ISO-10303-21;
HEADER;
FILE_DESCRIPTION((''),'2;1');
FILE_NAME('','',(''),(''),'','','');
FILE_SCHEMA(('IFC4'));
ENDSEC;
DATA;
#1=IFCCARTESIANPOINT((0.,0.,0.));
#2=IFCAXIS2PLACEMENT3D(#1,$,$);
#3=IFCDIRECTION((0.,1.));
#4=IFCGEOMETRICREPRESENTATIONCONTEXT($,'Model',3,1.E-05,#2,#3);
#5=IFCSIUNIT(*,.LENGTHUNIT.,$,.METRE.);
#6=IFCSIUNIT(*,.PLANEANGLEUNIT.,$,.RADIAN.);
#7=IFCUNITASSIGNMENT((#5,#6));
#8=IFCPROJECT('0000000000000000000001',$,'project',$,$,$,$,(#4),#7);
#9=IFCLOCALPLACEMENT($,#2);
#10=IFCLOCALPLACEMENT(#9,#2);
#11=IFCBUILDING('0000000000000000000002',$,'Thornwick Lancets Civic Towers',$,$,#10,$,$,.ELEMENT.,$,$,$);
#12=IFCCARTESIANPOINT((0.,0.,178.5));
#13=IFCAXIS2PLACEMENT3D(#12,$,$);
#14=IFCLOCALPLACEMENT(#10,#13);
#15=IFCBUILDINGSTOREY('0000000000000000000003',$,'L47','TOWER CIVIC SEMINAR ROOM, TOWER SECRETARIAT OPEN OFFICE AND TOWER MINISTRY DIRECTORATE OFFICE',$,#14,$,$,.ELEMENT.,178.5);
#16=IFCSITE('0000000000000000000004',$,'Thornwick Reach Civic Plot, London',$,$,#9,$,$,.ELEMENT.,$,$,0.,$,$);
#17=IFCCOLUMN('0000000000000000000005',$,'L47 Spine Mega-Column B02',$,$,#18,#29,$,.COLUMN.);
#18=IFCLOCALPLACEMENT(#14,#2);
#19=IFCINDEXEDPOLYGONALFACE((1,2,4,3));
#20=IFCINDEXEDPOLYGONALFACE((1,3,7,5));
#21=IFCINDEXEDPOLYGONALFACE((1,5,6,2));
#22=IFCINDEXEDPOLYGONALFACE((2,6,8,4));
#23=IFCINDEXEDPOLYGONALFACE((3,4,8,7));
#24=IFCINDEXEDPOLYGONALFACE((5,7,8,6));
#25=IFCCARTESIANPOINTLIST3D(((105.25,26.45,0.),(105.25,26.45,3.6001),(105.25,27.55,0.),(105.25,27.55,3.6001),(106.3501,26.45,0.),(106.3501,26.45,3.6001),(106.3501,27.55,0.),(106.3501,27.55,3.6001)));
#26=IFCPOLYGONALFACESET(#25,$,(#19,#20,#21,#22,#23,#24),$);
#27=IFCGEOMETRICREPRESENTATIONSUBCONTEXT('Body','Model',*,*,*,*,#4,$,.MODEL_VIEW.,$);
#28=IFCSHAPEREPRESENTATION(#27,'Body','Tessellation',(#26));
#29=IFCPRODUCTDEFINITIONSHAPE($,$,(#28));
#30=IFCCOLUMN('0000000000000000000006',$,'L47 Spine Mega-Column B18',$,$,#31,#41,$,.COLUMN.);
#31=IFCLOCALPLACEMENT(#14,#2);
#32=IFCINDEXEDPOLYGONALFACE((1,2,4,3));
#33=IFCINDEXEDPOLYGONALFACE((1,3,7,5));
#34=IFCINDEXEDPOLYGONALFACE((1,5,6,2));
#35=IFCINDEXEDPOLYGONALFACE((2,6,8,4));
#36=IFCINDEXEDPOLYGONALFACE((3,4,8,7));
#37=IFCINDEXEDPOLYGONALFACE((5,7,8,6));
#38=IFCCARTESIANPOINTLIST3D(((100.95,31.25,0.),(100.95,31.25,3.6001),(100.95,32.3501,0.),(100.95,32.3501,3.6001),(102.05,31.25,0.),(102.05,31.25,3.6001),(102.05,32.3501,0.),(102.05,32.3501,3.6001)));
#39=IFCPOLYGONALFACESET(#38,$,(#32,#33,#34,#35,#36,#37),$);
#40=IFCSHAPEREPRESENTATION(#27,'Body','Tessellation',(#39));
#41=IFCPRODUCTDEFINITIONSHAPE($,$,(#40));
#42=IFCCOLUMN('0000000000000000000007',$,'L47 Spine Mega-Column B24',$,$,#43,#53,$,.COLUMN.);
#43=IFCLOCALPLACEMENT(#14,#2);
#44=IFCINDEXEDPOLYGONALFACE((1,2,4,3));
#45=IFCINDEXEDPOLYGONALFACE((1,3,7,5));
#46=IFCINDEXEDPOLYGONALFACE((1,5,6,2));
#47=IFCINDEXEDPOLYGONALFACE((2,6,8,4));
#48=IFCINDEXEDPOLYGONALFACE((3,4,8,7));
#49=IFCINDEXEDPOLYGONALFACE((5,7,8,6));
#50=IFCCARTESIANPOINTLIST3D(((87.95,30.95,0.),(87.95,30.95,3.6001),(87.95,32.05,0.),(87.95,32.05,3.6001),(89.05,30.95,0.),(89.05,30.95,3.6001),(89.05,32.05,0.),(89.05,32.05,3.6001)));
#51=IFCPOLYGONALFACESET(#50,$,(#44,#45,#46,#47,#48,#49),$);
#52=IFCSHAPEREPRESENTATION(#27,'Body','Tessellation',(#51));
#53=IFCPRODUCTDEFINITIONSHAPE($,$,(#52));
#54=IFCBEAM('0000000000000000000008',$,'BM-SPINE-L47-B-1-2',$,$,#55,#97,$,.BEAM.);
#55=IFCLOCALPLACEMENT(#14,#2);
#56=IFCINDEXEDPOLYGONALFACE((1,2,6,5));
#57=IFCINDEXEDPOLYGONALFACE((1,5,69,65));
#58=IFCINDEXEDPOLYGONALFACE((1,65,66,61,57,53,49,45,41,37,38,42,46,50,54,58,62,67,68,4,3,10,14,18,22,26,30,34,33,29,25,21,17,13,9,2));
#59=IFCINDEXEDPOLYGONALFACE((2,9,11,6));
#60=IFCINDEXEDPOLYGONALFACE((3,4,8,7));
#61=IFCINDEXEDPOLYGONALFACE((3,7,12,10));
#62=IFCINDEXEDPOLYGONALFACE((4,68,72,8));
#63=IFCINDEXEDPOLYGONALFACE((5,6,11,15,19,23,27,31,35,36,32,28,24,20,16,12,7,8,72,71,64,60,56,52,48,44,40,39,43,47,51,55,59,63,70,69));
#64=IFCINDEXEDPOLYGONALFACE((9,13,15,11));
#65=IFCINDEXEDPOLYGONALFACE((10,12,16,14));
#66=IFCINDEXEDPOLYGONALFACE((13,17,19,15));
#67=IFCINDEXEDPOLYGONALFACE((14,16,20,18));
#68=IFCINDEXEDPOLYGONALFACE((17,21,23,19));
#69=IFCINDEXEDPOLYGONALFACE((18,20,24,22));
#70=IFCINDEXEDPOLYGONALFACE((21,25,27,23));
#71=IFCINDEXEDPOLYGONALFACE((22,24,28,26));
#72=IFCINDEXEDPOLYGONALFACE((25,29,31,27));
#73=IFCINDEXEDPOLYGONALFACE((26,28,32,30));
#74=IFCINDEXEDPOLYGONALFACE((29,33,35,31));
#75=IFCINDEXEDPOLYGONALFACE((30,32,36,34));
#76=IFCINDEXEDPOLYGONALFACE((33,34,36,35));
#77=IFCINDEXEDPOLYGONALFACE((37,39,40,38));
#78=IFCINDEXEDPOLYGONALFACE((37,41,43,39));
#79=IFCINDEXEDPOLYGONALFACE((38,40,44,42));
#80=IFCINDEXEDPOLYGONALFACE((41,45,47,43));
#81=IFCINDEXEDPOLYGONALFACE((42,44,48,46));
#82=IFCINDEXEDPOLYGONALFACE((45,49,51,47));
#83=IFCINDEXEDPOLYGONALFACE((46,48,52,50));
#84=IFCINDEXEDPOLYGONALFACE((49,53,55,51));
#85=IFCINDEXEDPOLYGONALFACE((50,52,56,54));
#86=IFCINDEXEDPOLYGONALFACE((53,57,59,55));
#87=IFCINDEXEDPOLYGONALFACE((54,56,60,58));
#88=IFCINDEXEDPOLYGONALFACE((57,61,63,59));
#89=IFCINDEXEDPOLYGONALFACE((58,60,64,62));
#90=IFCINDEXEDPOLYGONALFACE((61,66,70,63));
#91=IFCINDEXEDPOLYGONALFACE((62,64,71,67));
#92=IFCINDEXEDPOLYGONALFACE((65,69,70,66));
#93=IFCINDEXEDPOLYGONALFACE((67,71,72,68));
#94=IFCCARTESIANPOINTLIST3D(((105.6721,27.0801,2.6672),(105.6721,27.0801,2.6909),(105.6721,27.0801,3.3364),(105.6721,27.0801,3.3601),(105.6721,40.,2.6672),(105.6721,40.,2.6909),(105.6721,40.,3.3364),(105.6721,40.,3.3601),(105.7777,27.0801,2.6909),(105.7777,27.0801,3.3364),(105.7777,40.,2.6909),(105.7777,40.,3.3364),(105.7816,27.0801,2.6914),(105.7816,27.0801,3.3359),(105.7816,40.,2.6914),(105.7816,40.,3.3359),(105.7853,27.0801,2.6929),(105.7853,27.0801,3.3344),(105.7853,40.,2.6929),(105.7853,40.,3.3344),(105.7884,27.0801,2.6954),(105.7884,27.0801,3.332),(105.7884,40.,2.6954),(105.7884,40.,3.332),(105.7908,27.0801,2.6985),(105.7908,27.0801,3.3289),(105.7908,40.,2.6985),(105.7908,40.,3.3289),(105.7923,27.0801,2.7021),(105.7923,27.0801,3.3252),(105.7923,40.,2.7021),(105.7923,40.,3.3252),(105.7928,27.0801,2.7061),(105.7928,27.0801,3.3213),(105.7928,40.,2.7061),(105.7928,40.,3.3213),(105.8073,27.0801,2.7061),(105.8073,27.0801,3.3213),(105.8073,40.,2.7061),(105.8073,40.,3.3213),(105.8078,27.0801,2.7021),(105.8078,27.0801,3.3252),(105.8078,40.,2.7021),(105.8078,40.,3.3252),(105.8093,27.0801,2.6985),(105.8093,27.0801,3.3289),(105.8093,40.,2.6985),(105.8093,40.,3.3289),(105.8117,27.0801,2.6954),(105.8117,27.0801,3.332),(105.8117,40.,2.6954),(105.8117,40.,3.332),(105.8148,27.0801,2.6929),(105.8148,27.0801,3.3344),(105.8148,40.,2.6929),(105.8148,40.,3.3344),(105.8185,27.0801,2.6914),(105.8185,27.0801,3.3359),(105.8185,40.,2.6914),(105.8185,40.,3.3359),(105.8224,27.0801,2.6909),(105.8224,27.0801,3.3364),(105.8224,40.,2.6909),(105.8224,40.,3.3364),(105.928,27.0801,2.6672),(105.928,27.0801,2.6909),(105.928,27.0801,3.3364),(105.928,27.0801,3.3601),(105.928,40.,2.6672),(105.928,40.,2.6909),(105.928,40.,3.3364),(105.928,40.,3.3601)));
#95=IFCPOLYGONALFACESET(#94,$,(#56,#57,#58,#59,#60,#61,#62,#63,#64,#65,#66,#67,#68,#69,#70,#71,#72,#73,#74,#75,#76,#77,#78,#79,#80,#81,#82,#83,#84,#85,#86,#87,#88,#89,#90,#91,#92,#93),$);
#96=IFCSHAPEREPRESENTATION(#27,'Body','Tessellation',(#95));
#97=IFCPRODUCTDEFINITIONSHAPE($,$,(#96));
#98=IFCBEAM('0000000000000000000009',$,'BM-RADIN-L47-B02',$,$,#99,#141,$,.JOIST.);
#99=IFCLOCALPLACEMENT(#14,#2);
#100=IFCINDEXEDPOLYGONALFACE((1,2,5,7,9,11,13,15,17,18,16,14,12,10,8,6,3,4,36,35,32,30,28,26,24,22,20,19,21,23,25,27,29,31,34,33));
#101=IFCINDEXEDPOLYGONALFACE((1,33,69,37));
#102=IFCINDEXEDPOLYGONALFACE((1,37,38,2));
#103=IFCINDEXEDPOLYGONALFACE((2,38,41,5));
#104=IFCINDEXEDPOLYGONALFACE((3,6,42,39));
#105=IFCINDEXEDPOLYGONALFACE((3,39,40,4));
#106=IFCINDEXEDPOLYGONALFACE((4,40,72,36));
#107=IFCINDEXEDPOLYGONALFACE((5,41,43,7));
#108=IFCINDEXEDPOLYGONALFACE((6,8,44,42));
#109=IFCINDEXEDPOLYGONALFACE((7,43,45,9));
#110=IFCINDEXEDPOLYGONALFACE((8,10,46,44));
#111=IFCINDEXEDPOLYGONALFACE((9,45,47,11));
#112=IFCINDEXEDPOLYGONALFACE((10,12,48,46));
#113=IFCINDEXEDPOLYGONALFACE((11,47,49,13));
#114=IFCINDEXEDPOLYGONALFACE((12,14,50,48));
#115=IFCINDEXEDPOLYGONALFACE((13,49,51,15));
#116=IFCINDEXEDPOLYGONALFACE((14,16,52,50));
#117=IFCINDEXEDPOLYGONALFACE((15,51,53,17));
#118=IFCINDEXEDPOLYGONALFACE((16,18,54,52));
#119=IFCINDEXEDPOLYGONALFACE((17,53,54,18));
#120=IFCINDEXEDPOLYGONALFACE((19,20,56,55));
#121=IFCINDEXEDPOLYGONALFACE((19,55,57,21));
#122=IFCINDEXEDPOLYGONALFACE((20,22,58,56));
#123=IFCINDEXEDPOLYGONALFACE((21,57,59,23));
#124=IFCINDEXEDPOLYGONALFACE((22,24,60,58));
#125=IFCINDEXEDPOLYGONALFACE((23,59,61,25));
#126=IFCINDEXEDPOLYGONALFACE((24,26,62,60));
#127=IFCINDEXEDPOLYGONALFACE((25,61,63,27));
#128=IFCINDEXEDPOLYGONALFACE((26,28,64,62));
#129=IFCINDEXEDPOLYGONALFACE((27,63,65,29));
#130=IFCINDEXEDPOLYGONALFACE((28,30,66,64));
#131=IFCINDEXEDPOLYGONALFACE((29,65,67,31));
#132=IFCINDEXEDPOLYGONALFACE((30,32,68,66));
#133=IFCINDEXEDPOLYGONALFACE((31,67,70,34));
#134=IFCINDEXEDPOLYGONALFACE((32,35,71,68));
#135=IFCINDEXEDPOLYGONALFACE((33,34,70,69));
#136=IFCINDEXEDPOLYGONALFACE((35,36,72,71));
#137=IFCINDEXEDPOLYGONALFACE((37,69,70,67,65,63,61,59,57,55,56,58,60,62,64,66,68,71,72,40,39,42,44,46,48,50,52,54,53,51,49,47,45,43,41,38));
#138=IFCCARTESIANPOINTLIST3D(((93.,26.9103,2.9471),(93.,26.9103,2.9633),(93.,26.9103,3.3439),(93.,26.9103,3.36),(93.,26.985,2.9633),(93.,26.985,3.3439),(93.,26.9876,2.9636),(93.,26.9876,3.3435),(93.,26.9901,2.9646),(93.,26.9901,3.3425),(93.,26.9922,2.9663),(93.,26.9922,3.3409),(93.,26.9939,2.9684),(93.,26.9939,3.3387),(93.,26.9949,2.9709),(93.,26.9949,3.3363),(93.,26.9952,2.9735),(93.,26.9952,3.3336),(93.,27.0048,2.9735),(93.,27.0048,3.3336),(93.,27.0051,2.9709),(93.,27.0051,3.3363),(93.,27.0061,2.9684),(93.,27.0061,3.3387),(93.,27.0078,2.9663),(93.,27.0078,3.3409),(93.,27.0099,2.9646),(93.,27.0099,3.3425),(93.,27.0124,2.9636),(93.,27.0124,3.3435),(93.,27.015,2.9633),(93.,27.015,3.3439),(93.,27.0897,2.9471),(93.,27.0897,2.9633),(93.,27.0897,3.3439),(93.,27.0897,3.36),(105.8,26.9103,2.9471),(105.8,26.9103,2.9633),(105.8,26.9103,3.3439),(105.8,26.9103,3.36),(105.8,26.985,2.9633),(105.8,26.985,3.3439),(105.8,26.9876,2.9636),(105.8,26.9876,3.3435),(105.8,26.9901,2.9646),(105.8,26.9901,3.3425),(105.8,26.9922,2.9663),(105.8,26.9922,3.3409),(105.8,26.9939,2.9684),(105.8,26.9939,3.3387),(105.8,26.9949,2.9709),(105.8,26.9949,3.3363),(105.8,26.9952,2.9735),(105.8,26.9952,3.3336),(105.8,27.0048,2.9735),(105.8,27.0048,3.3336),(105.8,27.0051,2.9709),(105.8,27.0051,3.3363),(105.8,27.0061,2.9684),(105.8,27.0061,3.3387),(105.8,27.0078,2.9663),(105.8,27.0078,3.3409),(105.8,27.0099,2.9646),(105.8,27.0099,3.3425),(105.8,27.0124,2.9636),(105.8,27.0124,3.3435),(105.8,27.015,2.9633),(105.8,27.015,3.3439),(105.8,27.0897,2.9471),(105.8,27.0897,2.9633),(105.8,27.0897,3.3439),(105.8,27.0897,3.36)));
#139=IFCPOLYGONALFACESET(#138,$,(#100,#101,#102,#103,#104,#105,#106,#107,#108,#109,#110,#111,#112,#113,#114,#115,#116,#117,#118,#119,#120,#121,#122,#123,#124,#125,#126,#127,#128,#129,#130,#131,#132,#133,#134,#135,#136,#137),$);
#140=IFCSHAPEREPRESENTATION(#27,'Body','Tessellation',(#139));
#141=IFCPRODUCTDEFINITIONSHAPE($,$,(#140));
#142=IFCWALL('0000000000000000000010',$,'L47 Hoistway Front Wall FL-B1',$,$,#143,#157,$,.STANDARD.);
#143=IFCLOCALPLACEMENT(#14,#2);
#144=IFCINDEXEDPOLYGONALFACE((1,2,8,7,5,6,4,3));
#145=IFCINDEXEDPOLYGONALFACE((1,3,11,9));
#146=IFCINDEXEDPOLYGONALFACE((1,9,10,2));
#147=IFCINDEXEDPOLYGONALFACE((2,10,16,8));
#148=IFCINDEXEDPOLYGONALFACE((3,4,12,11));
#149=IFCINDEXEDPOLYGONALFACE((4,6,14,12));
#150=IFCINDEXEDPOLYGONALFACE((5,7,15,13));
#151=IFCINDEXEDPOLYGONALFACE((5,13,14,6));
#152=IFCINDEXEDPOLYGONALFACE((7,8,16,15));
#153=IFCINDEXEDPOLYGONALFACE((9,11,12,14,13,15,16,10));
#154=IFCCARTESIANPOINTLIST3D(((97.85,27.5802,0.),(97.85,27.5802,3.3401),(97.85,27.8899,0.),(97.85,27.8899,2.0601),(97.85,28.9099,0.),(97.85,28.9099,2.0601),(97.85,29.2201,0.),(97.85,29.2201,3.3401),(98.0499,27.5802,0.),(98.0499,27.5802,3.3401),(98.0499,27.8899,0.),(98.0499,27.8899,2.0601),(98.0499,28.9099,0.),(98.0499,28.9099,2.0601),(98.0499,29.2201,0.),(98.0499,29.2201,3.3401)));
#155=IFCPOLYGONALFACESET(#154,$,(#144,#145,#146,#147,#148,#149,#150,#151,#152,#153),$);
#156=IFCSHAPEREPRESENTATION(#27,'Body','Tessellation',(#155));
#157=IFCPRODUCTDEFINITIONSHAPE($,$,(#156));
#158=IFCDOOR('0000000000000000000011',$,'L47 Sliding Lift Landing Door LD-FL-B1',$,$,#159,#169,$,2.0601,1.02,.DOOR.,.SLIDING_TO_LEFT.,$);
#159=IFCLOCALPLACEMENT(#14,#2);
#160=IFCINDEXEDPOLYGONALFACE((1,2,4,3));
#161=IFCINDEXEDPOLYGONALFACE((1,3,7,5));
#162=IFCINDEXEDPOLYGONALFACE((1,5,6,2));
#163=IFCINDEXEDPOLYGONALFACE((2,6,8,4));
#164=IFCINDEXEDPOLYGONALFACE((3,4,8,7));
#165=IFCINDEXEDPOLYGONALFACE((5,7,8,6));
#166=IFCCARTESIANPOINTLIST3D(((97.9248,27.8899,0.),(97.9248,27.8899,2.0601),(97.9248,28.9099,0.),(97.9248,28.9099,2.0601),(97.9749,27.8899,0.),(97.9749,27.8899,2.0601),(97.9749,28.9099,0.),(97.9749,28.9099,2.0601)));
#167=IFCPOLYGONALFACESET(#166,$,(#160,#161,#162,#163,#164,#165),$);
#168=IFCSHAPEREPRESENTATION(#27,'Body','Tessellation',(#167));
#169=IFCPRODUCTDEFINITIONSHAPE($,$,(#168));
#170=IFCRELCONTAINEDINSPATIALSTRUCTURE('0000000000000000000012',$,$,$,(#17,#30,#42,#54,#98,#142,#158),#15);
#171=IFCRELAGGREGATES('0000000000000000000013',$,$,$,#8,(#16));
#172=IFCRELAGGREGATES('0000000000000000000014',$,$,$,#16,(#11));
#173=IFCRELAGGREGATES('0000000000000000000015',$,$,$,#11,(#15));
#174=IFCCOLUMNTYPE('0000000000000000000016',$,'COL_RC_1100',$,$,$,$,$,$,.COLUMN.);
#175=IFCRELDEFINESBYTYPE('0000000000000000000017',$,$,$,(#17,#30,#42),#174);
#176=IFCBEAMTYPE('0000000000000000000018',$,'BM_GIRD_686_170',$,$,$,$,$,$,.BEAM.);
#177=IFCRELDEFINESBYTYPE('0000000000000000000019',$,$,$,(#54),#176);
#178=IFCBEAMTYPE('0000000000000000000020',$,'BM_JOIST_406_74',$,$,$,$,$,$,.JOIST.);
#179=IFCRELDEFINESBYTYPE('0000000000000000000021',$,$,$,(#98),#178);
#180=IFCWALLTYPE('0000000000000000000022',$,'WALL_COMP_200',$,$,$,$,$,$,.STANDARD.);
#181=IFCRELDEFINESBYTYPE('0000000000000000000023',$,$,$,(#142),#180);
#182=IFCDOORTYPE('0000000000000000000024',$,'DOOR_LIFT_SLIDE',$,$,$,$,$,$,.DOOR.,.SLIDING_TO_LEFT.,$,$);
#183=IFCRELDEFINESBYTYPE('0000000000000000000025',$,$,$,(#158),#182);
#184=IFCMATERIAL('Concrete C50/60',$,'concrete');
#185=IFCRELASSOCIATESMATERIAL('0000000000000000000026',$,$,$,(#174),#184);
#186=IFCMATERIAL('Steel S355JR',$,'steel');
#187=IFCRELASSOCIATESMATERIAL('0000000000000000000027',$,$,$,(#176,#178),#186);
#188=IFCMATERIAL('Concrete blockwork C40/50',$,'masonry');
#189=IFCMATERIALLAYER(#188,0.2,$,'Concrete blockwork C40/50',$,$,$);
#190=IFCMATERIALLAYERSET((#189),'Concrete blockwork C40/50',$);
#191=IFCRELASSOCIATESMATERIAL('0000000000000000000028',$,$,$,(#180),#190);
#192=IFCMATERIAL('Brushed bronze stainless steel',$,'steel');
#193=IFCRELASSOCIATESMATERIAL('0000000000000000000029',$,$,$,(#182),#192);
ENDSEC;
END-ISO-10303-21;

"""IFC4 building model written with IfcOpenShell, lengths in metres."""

from ifc_helpers import new_model, si_unit, direction, frame, frame_2d, origin, origin_2d, place, context, subcontext, project, spatial, rectangle, i_section, extrude, material, layer, layer_set, material_profile, profile_set, type_object, element, fill, save


model = new_model("IFC4")

# Units and contexts
model_context = context("Model", 3, precision=1e-05, world=origin(), true_north=direction((0.0, 1.0)))
body_context = subcontext(model_context, "Body", "Model", "MODEL_VIEW")
ifc_project = project(units=[si_unit("LENGTHUNIT", "METRE"), si_unit("PLANEANGLEUNIT", "RADIAN")], contexts=[model_context])

# Site, building, storey
site_placement = place(None, origin())
site = spatial("IfcSite", under=ifc_project, at=site_placement, Name="Thornwick Reach Civic Plot, London", CompositionType="ELEMENT", RefElevation=0.0)
building_placement = place(site_placement, origin())
building = spatial("IfcBuilding", under=site, at=building_placement, Name="Thornwick Lancets Civic Towers", CompositionType="ELEMENT")
storey_placement = place(building_placement, frame((0.0, 0.0, 178.5)))
storey = spatial("IfcBuildingStorey", under=building, at=storey_placement, Name="L47", Description="TOWER CIVIC SEMINAR ROOM, TOWER SECRETARIAT OPEN OFFICE AND TOWER MINISTRY DIRECTORATE OFFICE", CompositionType="ELEMENT", Elevation=178.5)

# Columns
ifc_material_1 = material(Name="Concrete C50/60", Category="concrete")
ifc_material_profile_1 = material_profile(ifc_material_1, rectangle(XDim=1.1001, YDim=1.1001, at=origin_2d()), Name="RC 1100x1100")
ifc_profile_set_1 = profile_set([ifc_material_profile_1], Name="Concrete C50/60")
column_type = type_object("IfcColumnType", Name="COL_RC_1100", PredefinedType="COLUMN", material=ifc_profile_set_1)
for number, where, z_axis, x_axis, name in (
    (1, (105.8, 27.0, 0.0), (0.0, 0.0, 1.0), (1.0, 0.0, 0.0), "L47 Spine Mega-Column B02"),
    (2, (101.5, 31.8, 0.0), (0.0, 0.0, 1.0), (1.0, 0.0, 0.0), "L47 Spine Mega-Column B18"),
    (3, (88.5, 31.5, 0.0), (0.0, 0.0, 1.0), (1.0, 0.0, 0.0), "L47 Spine Mega-Column B24"),
):
    element("IfcColumn", number, at=place(storey_placement, frame(where, z_axis=z_axis, x_axis=x_axis)), inside=storey, type_object=column_type, Name=name, PredefinedType="COLUMN", context=body_context, shape_type="SweptSolid", body=[
        extrude(rectangle(XDim=1.1001, YDim=1.1001, at=origin_2d()), origin(), (0.0, 0.0, 1.0), 3.6001),
    ])

# Beams
ifc_material_2 = material(Name="Steel S355JR", Category="steel")
ifc_material_profile_2 = material_profile(ifc_material_2, i_section(OverallWidth=0.2559, OverallDepth=0.6929, WebThickness=0.0144, FlangeThickness=0.0237, FilletRadius=0.0151, at=origin_2d()), Name="UKB 686x254x170")
ifc_profile_set_2 = profile_set([ifc_material_profile_2], Name="Steel S355JR")
beam_type_1 = type_object("IfcBeamType", Name="BM_GIRD_686_170", PredefinedType="BEAM", material=ifc_profile_set_2)
beam_1_placement = place(storey_placement, frame((105.8, 27.0801, 3.0137), z_axis=(0.0, 1.0, 0.0), x_axis=(-1.0, 0.0, 0.0)))
element("IfcBeam", 4, at=beam_1_placement, inside=storey, type_object=beam_type_1, Name="BM-SPINE-L47-B-1-2", PredefinedType="BEAM", context=body_context, shape_type="SweptSolid", body=[
    extrude(i_section(OverallWidth=0.2559, OverallDepth=0.6929, WebThickness=0.0144, FlangeThickness=0.0237, FilletRadius=0.0151, at=origin_2d()), origin(), (0.0, 0.0, 1.0), 12.9199),
])
ifc_material_profile_3 = material_profile(ifc_material_2, i_section(OverallWidth=0.1794, OverallDepth=0.4128, WebThickness=0.0095, FlangeThickness=0.0161, FilletRadius=0.0103, at=origin_2d()), Name="UKB 406x178x74")
ifc_profile_set_3 = profile_set([ifc_material_profile_3], Name="Steel S355JR")
beam_type_2 = type_object("IfcBeamType", Name="BM_JOIST_406_74", PredefinedType="JOIST", material=ifc_profile_set_3)
beam_2_placement = place(storey_placement, frame((93.0, 27.0, 3.1536), z_axis=(1.0, 0.0, 0.0), x_axis=(0.0, 1.0, 0.0)))
element("IfcBeam", 5, at=beam_2_placement, inside=storey, type_object=beam_type_2, Name="BM-RADIN-L47-B02", PredefinedType="JOIST", context=body_context, shape_type="SweptSolid", body=[
    extrude(i_section(OverallWidth=0.1794, OverallDepth=0.4128, WebThickness=0.0095, FlangeThickness=0.0161, FilletRadius=0.0103, at=origin_2d()), origin(), (0.0, 0.0, 1.0), 12.8),
])

# Wall, opening, door
ifc_material_3 = material(Name="Concrete blockwork C40/50", Category="masonry")
ifc_layer_1 = layer(ifc_material_3, 0.2, Name="Concrete blockwork C40/50")
ifc_layer_set_1 = layer_set([ifc_layer_1], Name="Concrete blockwork C40/50")
wall_type_1 = type_object("IfcWallType", Name="WALL_COMP_200", PredefinedType="STANDARD", material=ifc_layer_set_1)
wall_1_placement = place(storey_placement, frame((97.95, 29.22, 0.0), z_axis=(0.0, 0.0, 1.0), x_axis=(0.0, -1.0, 0.0)))
wall_1 = element("IfcWall", 6, at=wall_1_placement, inside=storey, type_object=wall_type_1, Name="L47 Hoistway Front Wall FL-B1", PredefinedType="STANDARD", context=body_context, shape_type="SweptSolid", body=[
    extrude(rectangle(XDim=1.6399, YDim=0.2, at=frame_2d((0.8198, 0.0))), origin(), (0.0, 0.0, 1.0), 3.3401),
])
opening_1_placement = place(wall_1_placement, frame((0.3101, 0.0, 0.0)))
opening_1 = element("IfcOpeningElement", 7, at=opening_1_placement, cuts=wall_1, PredefinedType="OPENING", context=body_context, shape_type="SweptSolid", body=[
    extrude(rectangle(XDim=1.02, YDim=2.0601, at=frame_2d((0.51, 1.03))), frame((0.0, 0.1099, 0.0), z_axis=(0.0, -1.0, 0.0), x_axis=(1.0, 0.0, 0.0)), (0.0, 0.0, 1.0), 0.22),
])
ifc_material_4 = material(Name="Brushed bronze stainless steel", Category="steel")
door_type_1 = type_object("IfcDoorType", Name="DOOR_LIFT_SLIDE", OperationType="SLIDING_TO_LEFT", PredefinedType="DOOR", material=ifc_material_4)
door_1_placement = place(opening_1_placement, origin())
door_1 = element("IfcDoor", 8, at=door_1_placement, inside=storey, type_object=door_type_1, Name="L47 Sliding Lift Landing Door LD-FL-B1", OperationType="SLIDING_TO_LEFT", OverallHeight=2.0601, OverallWidth=1.02, PredefinedType="DOOR", context=body_context, shape_type="SweptSolid", body=[
    extrude(rectangle(XDim=1.02, YDim=2.0601, at=frame_2d((0.51, 1.03))), frame((0.0, 0.0249, 0.0), z_axis=(0.0, -1.0, 0.0), x_axis=(1.0, 0.0, 0.0)), (0.0, 0.0, 1.0), 0.05),
])
fill(opening_1, door_1)

save(model, "model.ifc")
